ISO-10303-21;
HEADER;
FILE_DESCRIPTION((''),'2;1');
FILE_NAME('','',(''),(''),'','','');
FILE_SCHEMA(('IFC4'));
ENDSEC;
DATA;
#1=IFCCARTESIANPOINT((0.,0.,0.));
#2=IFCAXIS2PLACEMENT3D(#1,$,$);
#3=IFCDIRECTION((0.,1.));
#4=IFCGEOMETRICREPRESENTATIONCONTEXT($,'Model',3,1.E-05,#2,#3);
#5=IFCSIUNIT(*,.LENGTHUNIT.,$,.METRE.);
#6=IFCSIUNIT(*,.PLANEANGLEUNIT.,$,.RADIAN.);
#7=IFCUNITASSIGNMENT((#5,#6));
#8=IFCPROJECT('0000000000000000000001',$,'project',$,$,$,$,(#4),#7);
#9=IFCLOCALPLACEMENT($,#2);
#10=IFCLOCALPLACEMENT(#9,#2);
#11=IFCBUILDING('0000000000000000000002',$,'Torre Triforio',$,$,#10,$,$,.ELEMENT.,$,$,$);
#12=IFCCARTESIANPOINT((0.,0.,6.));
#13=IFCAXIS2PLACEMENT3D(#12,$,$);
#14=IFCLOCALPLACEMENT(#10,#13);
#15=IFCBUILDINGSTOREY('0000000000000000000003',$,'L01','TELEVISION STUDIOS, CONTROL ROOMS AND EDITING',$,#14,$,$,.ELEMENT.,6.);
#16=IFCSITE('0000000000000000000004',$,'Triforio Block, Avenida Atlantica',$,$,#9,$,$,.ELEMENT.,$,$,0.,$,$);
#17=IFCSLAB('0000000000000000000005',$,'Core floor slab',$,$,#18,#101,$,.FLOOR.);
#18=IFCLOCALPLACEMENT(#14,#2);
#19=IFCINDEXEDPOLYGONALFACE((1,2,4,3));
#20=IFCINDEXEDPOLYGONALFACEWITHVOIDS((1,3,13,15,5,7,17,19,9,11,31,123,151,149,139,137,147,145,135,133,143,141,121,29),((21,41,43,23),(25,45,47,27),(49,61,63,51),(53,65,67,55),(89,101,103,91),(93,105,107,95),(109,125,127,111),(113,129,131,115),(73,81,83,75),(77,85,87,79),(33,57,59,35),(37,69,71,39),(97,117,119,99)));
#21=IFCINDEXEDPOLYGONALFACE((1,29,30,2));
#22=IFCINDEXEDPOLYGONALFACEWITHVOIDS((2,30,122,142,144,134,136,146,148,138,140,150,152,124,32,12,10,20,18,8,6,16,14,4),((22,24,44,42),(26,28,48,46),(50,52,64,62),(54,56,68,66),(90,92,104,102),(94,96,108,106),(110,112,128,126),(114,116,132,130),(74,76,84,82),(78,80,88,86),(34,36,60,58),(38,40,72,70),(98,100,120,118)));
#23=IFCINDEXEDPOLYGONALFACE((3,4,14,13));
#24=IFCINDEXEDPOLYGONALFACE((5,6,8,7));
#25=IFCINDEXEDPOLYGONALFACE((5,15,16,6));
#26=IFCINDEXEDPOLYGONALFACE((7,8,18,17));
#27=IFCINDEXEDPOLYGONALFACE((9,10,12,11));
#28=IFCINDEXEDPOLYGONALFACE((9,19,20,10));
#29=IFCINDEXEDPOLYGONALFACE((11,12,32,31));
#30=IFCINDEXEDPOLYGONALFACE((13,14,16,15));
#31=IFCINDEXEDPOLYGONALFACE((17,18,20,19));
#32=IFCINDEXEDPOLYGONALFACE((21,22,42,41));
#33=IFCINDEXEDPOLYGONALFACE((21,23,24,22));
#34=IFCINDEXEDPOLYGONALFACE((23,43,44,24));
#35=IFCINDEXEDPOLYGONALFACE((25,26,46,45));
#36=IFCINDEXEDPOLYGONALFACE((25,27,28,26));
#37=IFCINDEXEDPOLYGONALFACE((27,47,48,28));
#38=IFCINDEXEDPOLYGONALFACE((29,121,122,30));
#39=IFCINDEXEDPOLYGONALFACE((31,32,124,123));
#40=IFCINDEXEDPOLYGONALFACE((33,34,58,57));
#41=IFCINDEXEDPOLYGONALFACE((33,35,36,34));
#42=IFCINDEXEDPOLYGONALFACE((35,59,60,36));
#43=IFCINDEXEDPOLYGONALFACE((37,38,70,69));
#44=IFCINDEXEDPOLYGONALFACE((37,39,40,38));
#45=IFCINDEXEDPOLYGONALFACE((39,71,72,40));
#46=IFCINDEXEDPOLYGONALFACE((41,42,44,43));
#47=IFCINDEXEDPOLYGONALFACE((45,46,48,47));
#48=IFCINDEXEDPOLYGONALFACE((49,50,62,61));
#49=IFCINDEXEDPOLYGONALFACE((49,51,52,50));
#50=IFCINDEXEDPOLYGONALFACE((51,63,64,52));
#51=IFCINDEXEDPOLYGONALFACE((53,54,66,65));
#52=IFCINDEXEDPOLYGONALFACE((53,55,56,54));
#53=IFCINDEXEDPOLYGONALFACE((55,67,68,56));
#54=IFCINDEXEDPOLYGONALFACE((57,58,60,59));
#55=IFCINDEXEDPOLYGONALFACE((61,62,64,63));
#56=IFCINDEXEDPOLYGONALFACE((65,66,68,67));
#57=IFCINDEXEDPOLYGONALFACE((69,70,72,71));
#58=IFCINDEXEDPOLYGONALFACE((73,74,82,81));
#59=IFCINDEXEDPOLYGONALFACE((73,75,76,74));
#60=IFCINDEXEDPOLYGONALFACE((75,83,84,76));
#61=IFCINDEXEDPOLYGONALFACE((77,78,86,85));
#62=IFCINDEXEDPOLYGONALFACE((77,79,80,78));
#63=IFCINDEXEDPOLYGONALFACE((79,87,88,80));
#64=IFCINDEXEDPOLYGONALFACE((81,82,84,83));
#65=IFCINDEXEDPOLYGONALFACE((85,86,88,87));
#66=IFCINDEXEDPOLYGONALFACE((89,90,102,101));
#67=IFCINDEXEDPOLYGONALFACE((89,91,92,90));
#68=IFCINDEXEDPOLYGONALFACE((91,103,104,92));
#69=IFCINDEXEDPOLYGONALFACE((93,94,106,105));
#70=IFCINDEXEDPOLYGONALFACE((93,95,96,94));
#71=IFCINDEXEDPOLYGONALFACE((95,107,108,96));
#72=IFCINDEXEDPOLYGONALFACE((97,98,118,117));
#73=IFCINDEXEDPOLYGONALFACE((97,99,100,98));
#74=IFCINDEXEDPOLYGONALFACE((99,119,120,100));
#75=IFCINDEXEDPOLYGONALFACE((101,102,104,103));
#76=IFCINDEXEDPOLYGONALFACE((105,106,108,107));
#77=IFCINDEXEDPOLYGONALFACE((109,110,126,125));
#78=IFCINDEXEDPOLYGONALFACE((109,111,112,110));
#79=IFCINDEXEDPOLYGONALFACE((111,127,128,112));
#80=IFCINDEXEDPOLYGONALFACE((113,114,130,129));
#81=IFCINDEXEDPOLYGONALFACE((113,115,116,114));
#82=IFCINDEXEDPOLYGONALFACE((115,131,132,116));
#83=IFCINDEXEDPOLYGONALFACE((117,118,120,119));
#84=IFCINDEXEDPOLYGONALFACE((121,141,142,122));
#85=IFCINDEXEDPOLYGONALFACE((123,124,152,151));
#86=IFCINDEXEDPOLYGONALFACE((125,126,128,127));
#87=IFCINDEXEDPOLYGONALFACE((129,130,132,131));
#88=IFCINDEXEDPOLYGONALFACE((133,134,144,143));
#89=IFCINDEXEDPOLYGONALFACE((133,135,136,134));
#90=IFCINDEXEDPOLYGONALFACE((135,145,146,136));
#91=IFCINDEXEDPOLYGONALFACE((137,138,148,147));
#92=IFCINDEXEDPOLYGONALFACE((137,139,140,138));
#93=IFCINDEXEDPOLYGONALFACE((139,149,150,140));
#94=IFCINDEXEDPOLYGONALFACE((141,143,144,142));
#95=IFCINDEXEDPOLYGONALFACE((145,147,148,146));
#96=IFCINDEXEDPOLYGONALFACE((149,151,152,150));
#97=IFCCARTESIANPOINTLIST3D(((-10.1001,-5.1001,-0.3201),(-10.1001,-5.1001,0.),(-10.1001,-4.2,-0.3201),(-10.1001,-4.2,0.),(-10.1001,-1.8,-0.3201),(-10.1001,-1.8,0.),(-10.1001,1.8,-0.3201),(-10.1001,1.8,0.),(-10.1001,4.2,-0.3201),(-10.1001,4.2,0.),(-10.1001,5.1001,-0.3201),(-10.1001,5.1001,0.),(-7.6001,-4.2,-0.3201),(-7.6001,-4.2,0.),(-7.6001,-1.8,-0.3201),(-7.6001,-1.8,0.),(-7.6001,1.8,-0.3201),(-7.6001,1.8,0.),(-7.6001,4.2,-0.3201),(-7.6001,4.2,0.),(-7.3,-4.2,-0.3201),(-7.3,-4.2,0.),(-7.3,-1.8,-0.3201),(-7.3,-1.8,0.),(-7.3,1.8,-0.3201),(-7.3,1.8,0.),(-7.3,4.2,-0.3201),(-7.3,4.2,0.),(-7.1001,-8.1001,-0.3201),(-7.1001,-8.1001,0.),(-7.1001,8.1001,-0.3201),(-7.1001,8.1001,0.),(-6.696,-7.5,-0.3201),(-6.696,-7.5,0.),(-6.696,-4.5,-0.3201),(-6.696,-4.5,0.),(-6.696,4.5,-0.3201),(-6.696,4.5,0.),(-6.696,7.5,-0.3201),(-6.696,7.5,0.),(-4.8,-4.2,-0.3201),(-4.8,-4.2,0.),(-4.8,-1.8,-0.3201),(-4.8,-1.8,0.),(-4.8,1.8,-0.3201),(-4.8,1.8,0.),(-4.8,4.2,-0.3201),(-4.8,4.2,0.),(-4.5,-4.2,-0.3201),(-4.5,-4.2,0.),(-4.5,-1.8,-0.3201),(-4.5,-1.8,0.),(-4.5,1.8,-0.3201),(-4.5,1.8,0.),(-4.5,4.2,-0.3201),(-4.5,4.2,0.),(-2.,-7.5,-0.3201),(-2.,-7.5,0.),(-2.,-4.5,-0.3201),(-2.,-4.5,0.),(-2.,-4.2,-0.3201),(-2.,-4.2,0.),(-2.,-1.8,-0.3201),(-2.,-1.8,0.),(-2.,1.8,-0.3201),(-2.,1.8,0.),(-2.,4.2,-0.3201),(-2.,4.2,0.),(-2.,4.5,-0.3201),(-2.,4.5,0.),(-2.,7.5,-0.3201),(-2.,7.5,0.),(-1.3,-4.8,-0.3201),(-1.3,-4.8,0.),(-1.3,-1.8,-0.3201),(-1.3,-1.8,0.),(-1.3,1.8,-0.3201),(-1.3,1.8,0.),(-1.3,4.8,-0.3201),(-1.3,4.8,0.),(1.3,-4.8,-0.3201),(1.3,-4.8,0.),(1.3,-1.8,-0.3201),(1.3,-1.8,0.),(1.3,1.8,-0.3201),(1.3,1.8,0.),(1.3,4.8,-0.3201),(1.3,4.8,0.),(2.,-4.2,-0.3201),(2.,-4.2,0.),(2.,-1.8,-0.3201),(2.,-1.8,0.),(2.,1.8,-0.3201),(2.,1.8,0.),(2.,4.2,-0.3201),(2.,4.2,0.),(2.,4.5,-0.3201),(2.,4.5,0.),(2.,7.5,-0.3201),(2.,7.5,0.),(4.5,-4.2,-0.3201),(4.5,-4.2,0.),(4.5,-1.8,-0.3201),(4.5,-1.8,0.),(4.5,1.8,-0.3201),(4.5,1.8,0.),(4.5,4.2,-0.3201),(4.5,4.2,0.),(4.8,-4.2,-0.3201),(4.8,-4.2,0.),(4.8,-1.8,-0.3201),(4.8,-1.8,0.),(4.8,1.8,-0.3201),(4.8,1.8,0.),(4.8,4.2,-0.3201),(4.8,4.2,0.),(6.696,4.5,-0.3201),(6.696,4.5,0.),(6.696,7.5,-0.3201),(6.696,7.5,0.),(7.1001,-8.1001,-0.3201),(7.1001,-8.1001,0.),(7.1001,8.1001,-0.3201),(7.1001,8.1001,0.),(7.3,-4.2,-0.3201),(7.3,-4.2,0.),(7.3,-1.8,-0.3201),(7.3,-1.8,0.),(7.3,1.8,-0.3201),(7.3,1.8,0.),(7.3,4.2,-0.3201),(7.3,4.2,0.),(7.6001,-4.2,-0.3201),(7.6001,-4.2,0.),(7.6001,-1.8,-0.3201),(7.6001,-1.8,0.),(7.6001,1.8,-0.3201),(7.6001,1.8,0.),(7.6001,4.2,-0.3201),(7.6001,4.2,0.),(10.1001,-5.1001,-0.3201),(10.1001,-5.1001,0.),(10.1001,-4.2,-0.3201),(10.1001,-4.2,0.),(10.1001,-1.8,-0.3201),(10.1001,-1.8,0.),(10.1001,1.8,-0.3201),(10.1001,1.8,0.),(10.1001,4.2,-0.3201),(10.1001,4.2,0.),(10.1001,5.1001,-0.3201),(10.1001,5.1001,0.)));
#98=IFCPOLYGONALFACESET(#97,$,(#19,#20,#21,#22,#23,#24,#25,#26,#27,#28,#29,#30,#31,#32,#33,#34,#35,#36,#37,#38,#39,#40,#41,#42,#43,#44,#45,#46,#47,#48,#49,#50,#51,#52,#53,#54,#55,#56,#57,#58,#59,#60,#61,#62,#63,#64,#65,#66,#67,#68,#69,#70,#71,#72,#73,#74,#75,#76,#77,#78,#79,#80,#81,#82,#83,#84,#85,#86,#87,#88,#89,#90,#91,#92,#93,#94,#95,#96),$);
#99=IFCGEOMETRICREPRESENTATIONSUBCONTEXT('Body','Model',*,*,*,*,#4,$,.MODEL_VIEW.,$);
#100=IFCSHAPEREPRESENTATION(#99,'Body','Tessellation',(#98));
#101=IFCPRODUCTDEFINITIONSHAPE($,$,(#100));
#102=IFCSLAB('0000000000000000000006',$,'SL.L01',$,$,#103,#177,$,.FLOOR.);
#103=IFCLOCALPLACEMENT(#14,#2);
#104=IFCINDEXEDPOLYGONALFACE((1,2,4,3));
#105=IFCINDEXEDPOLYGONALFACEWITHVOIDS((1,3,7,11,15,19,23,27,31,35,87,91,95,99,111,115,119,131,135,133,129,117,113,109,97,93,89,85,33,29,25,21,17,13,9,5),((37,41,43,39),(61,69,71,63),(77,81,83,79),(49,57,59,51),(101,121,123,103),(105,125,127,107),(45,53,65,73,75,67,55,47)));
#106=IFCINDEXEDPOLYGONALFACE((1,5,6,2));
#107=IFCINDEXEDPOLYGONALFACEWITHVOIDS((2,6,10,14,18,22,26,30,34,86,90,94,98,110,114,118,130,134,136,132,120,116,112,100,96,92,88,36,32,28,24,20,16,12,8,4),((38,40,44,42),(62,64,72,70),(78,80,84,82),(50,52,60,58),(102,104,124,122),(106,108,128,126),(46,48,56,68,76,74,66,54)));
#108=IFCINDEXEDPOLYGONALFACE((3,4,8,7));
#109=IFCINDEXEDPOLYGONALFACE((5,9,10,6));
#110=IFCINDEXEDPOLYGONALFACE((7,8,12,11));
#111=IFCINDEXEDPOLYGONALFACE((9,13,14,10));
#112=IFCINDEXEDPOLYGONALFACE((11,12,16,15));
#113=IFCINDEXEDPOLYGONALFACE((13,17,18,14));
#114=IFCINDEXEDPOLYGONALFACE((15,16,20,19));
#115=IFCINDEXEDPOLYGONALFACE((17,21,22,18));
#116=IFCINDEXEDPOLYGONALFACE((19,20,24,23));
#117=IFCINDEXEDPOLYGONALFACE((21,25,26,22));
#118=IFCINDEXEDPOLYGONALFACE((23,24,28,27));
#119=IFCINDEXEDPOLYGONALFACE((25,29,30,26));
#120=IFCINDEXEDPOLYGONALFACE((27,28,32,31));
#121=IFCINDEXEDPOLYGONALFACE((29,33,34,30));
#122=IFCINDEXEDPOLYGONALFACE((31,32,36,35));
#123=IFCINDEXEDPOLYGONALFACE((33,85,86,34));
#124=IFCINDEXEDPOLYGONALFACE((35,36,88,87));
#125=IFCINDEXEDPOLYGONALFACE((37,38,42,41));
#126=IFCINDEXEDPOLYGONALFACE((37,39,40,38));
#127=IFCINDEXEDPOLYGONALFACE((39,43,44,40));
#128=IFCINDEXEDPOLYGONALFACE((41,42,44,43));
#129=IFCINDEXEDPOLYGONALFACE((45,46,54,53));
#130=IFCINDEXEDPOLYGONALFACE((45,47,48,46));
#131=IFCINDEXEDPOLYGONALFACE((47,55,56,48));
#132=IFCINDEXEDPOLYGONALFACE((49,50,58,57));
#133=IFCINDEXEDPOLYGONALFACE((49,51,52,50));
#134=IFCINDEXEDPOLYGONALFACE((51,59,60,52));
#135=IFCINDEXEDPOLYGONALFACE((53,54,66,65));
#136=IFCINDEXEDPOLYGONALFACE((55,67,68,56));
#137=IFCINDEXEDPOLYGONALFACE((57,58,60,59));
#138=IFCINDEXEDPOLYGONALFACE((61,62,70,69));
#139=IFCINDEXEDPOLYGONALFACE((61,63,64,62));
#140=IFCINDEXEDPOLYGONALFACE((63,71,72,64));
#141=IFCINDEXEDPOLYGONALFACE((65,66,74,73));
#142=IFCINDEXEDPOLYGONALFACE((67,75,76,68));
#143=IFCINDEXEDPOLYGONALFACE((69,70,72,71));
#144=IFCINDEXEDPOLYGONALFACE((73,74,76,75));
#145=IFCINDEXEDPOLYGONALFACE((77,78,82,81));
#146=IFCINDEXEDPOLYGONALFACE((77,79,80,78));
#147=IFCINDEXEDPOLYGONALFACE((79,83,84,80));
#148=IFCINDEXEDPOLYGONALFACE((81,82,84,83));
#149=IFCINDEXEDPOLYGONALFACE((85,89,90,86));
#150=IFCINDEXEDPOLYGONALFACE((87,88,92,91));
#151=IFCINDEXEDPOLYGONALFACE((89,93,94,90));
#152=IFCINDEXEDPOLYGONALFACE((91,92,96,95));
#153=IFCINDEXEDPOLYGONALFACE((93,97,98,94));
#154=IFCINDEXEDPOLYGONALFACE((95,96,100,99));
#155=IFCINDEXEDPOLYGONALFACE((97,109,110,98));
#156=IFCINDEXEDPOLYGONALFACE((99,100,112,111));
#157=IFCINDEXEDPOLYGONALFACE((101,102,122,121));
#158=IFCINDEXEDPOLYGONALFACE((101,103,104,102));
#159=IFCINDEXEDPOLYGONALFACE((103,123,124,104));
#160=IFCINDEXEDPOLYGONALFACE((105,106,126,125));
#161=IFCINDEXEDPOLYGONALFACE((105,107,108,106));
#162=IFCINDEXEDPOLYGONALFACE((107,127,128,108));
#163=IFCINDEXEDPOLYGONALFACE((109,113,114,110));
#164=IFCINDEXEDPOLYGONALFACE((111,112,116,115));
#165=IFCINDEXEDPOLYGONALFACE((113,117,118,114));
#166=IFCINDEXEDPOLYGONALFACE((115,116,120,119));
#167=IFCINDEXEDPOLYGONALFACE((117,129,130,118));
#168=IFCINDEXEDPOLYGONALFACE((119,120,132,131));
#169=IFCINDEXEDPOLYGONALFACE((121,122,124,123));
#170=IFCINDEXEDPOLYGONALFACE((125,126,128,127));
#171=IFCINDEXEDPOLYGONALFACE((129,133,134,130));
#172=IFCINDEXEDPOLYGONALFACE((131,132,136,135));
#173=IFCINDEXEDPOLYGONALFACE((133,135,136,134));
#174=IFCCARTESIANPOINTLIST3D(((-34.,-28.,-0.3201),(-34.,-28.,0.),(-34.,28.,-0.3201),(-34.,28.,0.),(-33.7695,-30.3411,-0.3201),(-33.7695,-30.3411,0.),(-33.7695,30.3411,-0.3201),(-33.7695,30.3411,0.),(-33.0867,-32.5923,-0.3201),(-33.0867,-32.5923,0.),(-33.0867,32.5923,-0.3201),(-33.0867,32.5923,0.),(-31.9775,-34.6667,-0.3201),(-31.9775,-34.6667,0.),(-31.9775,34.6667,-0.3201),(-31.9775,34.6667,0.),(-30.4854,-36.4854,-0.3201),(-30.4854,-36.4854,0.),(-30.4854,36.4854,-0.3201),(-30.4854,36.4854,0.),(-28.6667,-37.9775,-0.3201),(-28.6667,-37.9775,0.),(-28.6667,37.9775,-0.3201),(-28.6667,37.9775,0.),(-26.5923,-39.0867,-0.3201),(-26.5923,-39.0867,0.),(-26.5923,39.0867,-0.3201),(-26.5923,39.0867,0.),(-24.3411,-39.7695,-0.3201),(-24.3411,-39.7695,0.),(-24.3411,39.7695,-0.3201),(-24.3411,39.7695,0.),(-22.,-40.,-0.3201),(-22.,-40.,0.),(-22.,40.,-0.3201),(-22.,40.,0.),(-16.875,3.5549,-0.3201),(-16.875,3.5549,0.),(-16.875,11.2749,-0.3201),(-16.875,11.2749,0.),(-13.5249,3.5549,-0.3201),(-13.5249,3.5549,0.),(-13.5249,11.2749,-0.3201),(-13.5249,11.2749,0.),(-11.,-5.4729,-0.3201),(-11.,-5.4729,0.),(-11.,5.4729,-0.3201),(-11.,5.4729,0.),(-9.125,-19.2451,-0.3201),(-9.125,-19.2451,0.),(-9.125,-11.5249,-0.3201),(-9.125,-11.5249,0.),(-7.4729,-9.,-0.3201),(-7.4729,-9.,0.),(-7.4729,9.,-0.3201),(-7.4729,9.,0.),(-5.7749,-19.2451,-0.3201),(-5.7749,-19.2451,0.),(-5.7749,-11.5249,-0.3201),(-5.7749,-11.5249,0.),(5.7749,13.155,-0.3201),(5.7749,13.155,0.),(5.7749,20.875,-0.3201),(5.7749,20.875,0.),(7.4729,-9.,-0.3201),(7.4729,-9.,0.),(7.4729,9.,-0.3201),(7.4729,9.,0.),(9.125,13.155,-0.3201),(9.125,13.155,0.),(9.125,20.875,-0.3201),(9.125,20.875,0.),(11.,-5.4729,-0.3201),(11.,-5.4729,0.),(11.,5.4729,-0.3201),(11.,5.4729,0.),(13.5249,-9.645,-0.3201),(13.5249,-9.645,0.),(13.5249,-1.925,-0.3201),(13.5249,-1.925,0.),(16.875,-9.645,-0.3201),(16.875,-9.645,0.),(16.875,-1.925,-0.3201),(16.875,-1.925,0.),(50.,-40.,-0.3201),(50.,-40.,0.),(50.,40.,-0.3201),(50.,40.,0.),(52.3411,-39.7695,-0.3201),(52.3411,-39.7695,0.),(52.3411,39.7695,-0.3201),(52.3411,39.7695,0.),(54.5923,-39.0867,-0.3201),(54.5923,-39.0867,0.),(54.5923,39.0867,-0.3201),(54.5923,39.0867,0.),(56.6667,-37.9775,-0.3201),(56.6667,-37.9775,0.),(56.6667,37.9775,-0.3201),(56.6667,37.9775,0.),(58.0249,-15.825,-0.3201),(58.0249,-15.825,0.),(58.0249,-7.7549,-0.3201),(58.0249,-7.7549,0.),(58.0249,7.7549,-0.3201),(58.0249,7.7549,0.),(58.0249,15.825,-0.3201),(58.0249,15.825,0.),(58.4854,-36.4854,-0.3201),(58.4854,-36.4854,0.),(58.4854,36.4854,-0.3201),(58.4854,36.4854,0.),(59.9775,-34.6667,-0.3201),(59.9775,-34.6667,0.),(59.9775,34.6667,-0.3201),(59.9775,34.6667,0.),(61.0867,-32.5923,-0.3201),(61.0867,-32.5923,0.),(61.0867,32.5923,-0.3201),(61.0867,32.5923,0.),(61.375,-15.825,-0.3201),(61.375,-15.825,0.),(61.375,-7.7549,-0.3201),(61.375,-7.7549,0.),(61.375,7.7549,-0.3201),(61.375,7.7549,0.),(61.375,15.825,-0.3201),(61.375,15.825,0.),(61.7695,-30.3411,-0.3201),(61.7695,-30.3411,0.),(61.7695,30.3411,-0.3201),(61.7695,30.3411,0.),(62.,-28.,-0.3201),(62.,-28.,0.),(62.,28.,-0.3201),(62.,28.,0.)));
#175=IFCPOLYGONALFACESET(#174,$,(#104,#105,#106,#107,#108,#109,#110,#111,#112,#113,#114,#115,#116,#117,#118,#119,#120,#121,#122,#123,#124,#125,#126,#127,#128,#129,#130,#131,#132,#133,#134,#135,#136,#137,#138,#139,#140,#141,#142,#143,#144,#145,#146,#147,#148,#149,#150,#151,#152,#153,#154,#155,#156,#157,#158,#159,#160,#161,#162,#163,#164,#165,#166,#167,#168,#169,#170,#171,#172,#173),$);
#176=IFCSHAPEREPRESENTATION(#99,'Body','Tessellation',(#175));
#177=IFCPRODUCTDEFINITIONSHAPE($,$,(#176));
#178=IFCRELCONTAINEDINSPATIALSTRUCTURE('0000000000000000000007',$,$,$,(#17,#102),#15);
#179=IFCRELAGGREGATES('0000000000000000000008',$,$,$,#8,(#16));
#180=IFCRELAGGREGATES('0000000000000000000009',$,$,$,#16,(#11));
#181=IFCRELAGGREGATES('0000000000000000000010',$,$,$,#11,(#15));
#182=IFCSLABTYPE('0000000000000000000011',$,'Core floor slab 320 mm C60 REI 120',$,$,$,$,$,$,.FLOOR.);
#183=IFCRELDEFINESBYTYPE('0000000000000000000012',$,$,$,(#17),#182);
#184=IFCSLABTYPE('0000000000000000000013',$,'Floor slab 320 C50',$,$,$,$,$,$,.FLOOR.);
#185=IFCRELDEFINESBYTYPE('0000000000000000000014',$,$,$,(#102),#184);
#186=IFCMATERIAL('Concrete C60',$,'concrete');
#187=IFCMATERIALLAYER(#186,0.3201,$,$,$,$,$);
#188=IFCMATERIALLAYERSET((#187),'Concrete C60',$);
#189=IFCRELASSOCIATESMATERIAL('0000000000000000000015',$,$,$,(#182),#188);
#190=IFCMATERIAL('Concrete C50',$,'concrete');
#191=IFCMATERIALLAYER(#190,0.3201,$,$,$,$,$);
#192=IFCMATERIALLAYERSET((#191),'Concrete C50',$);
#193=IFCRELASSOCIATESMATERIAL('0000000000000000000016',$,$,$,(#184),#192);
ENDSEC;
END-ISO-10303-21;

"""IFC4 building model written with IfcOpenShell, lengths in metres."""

from ifc_helpers import new_model, si_unit, direction, frame, origin, place, context, subcontext, project, spatial, polyline, outline, extrude, material, layer, layer_set, type_object, element, save


model = new_model("IFC4")

# Units and contexts
model_context = context("Model", 3, precision=1e-05, world=origin(), true_north=direction((0.0, 1.0)))
body_context = subcontext(model_context, "Body", "Model", "MODEL_VIEW")
ifc_project = project(units=[si_unit("LENGTHUNIT", "METRE"), si_unit("PLANEANGLEUNIT", "RADIAN")], contexts=[model_context])

# Site, building, storey
site_placement = place(None, origin())
site = spatial("IfcSite", under=ifc_project, at=site_placement, Name="Triforio Block, Avenida Atlantica", CompositionType="ELEMENT", RefElevation=0.0)
building_placement = place(site_placement, origin())
building = spatial("IfcBuilding", under=site, at=building_placement, Name="Torre Triforio", CompositionType="ELEMENT")
storey_placement = place(building_placement, frame((0.0, 0.0, 6.0)))
storey = spatial("IfcBuildingStorey", under=building, at=storey_placement, Name="L01", Description="TELEVISION STUDIOS, CONTROL ROOMS AND EDITING", CompositionType="ELEMENT", Elevation=6.0)

# Slabs
ifc_material_1 = material(Name="Concrete C60", Category="concrete")
ifc_layer_1 = layer(ifc_material_1, 0.3201)
ifc_layer_set_1 = layer_set([ifc_layer_1], Name="Concrete C60")
slab_type_1 = type_object("IfcSlabType", Name="Core floor slab 320 mm C60 REI 120", PredefinedType="FLOOR", material=ifc_layer_set_1)
slab_1_placement = place(storey_placement, frame((0.0, 0.0, -0.3201)))
element("IfcSlab", 1, at=slab_1_placement, inside=storey, type_object=slab_type_1, Name="Core floor slab", PredefinedType="FLOOR", context=body_context, shape_type="SweptSolid", body=[
    extrude(outline(polyline([(10.1001, -5.1001), (7.1001, -8.1001), (-7.1001, -8.1001), (-10.1001, -5.1001), (-10.1001, -4.2), (-7.6001, -4.2), (-7.6001, -1.8), (-10.1001, -1.8), (-10.1001, 1.8), (-7.6001, 1.8), (-7.6001, 4.2), (-10.1001, 4.2), (-10.1001, 5.1001), (-7.1001, 8.1001), (7.1001, 8.1001), (10.1001, 5.1001), (10.1001, 4.2), (7.6001, 4.2), (7.6001, 1.8), (10.1001, 1.8), (10.1001, -1.8), (7.6001, -1.8), (7.6001, -4.2), (10.1001, -4.2), (10.1001, -5.1001)]), holes=[polyline([(-2.0, -4.5), (-6.696, -4.5), (-6.696, -7.5), (-2.0, -7.5), (-2.0, -4.5)]), polyline([(-4.8, -1.8), (-7.3, -1.8), (-7.3, -4.2), (-4.8, -4.2), (-4.8, -1.8)]), polyline([(-2.0, -1.8), (-4.5, -1.8), (-4.5, -4.2), (-2.0, -4.2), (-2.0, -1.8)]), polyline([(-4.8, 4.2), (-7.3, 4.2), (-7.3, 1.8), (-4.8, 1.8), (-4.8, 4.2)]), polyline([(-2.0, 4.2), (-4.5, 4.2), (-4.5, 1.8), (-2.0, 1.8), (-2.0, 4.2)]), polyline([(1.3, 4.8), (-1.3, 4.8), (-1.3, 1.8), (1.3, 1.8), (1.3, 4.8)]), polyline([(-2.0, 7.5), (-6.696, 7.5), (-6.696, 4.5), (-2.0, 4.5), (-2.0, 7.5)]), polyline([(1.3, -1.8), (-1.3, -1.8), (-1.3, -4.8), (1.3, -4.8), (1.3, -1.8)]), polyline([(4.5, -1.8), (2.0, -1.8), (2.0, -4.2), (4.5, -4.2), (4.5, -1.8)]), polyline([(7.3, -1.8), (4.8, -1.8), (4.8, -4.2), (7.3, -4.2), (7.3, -1.8)]), polyline([(4.5, 4.2), (2.0, 4.2), (2.0, 1.8), (4.5, 1.8), (4.5, 4.2)]), polyline([(7.3, 4.2), (4.8, 4.2), (4.8, 1.8), (7.3, 1.8), (7.3, 4.2)]), polyline([(6.696, 4.5), (6.696, 7.5), (2.0, 7.5), (2.0, 4.5), (6.696, 4.5)])]), origin(), (0.0, 0.0, 1.0), 0.3201),
])
ifc_material_2 = material(Name="Concrete C50", Category="concrete")
ifc_layer_2 = layer(ifc_material_2, 0.3201)
ifc_layer_set_2 = layer_set([ifc_layer_2], Name="Concrete C50")
slab_type_2 = type_object("IfcSlabType", Name="Floor slab 320 C50", PredefinedType="FLOOR", material=ifc_layer_set_2)
slab_2_placement = place(storey_placement, frame((0.0, 0.0, -0.3201)))
element("IfcSlab", 2, at=slab_2_placement, inside=storey, type_object=slab_type_2, Name="SL.L01", PredefinedType="FLOOR", context=body_context, shape_type="SweptSolid", body=[
    extrude(outline(polyline([(-24.3411, -39.7695), (-22.0, -40.0), (50.0, -40.0), (52.3411, -39.7695), (54.5923, -39.0867), (56.6667, -37.9775), (58.4854, -36.4854), (59.9775, -34.6667), (61.0867, -32.5923), (61.7695, -30.3411), (62.0, -28.0), (62.0, 28.0), (61.7695, 30.3411), (61.0867, 32.5923), (59.9775, 34.6667), (58.4854, 36.4854), (56.6667, 37.9775), (54.5923, 39.0867), (52.3411, 39.7695), (50.0, 40.0), (-22.0, 40.0), (-24.3411, 39.7695), (-26.5923, 39.0867), (-28.6667, 37.9775), (-30.4854, 36.4854), (-31.9775, 34.6667), (-33.0867, 32.5923), (-33.7695, 30.3411), (-34.0, 28.0), (-34.0, -28.0), (-33.7695, -30.3411), (-33.0867, -32.5923), (-31.9775, -34.6667), (-30.4854, -36.4854), (-28.6667, -37.9775), (-26.5923, -39.0867), (-24.3411, -39.7695)]), holes=[polyline([(7.4729, 9.0), (11.0, 5.4729), (11.0, -5.4729), (7.4729, -9.0), (-7.4729, -9.0), (-11.0, -5.4729), (-11.0, 5.4729), (-7.4729, 9.0), (7.4729, 9.0)]), polyline([(-9.125, -11.5249), (-5.7749, -11.5249), (-5.7749, -19.2451), (-9.125, -19.2451), (-9.125, -11.5249)]), polyline([(61.375, -7.7549), (61.375, -15.825), (58.0249, -15.825), (58.0249, -7.7549), (61.375, -7.7549)]), polyline([(16.875, -1.925), (16.875, -9.645), (13.5249, -9.645), (13.5249, -1.925), (16.875, -1.925)]), polyline([(-16.875, 11.2749), (-13.5249, 11.2749), (-13.5249, 3.5549), (-16.875, 3.5549), (-16.875, 11.2749)]), polyline([(61.375, 15.825), (61.375, 7.7549), (58.0249, 7.7549), (58.0249, 15.825), (61.375, 15.825)]), polyline([(9.125, 20.875), (9.125, 13.155), (5.7749, 13.155), (5.7749, 20.875), (9.125, 20.875)])]), origin(), (0.0, 0.0, 1.0), 0.3201),
])

save(model, "model.ifc")
